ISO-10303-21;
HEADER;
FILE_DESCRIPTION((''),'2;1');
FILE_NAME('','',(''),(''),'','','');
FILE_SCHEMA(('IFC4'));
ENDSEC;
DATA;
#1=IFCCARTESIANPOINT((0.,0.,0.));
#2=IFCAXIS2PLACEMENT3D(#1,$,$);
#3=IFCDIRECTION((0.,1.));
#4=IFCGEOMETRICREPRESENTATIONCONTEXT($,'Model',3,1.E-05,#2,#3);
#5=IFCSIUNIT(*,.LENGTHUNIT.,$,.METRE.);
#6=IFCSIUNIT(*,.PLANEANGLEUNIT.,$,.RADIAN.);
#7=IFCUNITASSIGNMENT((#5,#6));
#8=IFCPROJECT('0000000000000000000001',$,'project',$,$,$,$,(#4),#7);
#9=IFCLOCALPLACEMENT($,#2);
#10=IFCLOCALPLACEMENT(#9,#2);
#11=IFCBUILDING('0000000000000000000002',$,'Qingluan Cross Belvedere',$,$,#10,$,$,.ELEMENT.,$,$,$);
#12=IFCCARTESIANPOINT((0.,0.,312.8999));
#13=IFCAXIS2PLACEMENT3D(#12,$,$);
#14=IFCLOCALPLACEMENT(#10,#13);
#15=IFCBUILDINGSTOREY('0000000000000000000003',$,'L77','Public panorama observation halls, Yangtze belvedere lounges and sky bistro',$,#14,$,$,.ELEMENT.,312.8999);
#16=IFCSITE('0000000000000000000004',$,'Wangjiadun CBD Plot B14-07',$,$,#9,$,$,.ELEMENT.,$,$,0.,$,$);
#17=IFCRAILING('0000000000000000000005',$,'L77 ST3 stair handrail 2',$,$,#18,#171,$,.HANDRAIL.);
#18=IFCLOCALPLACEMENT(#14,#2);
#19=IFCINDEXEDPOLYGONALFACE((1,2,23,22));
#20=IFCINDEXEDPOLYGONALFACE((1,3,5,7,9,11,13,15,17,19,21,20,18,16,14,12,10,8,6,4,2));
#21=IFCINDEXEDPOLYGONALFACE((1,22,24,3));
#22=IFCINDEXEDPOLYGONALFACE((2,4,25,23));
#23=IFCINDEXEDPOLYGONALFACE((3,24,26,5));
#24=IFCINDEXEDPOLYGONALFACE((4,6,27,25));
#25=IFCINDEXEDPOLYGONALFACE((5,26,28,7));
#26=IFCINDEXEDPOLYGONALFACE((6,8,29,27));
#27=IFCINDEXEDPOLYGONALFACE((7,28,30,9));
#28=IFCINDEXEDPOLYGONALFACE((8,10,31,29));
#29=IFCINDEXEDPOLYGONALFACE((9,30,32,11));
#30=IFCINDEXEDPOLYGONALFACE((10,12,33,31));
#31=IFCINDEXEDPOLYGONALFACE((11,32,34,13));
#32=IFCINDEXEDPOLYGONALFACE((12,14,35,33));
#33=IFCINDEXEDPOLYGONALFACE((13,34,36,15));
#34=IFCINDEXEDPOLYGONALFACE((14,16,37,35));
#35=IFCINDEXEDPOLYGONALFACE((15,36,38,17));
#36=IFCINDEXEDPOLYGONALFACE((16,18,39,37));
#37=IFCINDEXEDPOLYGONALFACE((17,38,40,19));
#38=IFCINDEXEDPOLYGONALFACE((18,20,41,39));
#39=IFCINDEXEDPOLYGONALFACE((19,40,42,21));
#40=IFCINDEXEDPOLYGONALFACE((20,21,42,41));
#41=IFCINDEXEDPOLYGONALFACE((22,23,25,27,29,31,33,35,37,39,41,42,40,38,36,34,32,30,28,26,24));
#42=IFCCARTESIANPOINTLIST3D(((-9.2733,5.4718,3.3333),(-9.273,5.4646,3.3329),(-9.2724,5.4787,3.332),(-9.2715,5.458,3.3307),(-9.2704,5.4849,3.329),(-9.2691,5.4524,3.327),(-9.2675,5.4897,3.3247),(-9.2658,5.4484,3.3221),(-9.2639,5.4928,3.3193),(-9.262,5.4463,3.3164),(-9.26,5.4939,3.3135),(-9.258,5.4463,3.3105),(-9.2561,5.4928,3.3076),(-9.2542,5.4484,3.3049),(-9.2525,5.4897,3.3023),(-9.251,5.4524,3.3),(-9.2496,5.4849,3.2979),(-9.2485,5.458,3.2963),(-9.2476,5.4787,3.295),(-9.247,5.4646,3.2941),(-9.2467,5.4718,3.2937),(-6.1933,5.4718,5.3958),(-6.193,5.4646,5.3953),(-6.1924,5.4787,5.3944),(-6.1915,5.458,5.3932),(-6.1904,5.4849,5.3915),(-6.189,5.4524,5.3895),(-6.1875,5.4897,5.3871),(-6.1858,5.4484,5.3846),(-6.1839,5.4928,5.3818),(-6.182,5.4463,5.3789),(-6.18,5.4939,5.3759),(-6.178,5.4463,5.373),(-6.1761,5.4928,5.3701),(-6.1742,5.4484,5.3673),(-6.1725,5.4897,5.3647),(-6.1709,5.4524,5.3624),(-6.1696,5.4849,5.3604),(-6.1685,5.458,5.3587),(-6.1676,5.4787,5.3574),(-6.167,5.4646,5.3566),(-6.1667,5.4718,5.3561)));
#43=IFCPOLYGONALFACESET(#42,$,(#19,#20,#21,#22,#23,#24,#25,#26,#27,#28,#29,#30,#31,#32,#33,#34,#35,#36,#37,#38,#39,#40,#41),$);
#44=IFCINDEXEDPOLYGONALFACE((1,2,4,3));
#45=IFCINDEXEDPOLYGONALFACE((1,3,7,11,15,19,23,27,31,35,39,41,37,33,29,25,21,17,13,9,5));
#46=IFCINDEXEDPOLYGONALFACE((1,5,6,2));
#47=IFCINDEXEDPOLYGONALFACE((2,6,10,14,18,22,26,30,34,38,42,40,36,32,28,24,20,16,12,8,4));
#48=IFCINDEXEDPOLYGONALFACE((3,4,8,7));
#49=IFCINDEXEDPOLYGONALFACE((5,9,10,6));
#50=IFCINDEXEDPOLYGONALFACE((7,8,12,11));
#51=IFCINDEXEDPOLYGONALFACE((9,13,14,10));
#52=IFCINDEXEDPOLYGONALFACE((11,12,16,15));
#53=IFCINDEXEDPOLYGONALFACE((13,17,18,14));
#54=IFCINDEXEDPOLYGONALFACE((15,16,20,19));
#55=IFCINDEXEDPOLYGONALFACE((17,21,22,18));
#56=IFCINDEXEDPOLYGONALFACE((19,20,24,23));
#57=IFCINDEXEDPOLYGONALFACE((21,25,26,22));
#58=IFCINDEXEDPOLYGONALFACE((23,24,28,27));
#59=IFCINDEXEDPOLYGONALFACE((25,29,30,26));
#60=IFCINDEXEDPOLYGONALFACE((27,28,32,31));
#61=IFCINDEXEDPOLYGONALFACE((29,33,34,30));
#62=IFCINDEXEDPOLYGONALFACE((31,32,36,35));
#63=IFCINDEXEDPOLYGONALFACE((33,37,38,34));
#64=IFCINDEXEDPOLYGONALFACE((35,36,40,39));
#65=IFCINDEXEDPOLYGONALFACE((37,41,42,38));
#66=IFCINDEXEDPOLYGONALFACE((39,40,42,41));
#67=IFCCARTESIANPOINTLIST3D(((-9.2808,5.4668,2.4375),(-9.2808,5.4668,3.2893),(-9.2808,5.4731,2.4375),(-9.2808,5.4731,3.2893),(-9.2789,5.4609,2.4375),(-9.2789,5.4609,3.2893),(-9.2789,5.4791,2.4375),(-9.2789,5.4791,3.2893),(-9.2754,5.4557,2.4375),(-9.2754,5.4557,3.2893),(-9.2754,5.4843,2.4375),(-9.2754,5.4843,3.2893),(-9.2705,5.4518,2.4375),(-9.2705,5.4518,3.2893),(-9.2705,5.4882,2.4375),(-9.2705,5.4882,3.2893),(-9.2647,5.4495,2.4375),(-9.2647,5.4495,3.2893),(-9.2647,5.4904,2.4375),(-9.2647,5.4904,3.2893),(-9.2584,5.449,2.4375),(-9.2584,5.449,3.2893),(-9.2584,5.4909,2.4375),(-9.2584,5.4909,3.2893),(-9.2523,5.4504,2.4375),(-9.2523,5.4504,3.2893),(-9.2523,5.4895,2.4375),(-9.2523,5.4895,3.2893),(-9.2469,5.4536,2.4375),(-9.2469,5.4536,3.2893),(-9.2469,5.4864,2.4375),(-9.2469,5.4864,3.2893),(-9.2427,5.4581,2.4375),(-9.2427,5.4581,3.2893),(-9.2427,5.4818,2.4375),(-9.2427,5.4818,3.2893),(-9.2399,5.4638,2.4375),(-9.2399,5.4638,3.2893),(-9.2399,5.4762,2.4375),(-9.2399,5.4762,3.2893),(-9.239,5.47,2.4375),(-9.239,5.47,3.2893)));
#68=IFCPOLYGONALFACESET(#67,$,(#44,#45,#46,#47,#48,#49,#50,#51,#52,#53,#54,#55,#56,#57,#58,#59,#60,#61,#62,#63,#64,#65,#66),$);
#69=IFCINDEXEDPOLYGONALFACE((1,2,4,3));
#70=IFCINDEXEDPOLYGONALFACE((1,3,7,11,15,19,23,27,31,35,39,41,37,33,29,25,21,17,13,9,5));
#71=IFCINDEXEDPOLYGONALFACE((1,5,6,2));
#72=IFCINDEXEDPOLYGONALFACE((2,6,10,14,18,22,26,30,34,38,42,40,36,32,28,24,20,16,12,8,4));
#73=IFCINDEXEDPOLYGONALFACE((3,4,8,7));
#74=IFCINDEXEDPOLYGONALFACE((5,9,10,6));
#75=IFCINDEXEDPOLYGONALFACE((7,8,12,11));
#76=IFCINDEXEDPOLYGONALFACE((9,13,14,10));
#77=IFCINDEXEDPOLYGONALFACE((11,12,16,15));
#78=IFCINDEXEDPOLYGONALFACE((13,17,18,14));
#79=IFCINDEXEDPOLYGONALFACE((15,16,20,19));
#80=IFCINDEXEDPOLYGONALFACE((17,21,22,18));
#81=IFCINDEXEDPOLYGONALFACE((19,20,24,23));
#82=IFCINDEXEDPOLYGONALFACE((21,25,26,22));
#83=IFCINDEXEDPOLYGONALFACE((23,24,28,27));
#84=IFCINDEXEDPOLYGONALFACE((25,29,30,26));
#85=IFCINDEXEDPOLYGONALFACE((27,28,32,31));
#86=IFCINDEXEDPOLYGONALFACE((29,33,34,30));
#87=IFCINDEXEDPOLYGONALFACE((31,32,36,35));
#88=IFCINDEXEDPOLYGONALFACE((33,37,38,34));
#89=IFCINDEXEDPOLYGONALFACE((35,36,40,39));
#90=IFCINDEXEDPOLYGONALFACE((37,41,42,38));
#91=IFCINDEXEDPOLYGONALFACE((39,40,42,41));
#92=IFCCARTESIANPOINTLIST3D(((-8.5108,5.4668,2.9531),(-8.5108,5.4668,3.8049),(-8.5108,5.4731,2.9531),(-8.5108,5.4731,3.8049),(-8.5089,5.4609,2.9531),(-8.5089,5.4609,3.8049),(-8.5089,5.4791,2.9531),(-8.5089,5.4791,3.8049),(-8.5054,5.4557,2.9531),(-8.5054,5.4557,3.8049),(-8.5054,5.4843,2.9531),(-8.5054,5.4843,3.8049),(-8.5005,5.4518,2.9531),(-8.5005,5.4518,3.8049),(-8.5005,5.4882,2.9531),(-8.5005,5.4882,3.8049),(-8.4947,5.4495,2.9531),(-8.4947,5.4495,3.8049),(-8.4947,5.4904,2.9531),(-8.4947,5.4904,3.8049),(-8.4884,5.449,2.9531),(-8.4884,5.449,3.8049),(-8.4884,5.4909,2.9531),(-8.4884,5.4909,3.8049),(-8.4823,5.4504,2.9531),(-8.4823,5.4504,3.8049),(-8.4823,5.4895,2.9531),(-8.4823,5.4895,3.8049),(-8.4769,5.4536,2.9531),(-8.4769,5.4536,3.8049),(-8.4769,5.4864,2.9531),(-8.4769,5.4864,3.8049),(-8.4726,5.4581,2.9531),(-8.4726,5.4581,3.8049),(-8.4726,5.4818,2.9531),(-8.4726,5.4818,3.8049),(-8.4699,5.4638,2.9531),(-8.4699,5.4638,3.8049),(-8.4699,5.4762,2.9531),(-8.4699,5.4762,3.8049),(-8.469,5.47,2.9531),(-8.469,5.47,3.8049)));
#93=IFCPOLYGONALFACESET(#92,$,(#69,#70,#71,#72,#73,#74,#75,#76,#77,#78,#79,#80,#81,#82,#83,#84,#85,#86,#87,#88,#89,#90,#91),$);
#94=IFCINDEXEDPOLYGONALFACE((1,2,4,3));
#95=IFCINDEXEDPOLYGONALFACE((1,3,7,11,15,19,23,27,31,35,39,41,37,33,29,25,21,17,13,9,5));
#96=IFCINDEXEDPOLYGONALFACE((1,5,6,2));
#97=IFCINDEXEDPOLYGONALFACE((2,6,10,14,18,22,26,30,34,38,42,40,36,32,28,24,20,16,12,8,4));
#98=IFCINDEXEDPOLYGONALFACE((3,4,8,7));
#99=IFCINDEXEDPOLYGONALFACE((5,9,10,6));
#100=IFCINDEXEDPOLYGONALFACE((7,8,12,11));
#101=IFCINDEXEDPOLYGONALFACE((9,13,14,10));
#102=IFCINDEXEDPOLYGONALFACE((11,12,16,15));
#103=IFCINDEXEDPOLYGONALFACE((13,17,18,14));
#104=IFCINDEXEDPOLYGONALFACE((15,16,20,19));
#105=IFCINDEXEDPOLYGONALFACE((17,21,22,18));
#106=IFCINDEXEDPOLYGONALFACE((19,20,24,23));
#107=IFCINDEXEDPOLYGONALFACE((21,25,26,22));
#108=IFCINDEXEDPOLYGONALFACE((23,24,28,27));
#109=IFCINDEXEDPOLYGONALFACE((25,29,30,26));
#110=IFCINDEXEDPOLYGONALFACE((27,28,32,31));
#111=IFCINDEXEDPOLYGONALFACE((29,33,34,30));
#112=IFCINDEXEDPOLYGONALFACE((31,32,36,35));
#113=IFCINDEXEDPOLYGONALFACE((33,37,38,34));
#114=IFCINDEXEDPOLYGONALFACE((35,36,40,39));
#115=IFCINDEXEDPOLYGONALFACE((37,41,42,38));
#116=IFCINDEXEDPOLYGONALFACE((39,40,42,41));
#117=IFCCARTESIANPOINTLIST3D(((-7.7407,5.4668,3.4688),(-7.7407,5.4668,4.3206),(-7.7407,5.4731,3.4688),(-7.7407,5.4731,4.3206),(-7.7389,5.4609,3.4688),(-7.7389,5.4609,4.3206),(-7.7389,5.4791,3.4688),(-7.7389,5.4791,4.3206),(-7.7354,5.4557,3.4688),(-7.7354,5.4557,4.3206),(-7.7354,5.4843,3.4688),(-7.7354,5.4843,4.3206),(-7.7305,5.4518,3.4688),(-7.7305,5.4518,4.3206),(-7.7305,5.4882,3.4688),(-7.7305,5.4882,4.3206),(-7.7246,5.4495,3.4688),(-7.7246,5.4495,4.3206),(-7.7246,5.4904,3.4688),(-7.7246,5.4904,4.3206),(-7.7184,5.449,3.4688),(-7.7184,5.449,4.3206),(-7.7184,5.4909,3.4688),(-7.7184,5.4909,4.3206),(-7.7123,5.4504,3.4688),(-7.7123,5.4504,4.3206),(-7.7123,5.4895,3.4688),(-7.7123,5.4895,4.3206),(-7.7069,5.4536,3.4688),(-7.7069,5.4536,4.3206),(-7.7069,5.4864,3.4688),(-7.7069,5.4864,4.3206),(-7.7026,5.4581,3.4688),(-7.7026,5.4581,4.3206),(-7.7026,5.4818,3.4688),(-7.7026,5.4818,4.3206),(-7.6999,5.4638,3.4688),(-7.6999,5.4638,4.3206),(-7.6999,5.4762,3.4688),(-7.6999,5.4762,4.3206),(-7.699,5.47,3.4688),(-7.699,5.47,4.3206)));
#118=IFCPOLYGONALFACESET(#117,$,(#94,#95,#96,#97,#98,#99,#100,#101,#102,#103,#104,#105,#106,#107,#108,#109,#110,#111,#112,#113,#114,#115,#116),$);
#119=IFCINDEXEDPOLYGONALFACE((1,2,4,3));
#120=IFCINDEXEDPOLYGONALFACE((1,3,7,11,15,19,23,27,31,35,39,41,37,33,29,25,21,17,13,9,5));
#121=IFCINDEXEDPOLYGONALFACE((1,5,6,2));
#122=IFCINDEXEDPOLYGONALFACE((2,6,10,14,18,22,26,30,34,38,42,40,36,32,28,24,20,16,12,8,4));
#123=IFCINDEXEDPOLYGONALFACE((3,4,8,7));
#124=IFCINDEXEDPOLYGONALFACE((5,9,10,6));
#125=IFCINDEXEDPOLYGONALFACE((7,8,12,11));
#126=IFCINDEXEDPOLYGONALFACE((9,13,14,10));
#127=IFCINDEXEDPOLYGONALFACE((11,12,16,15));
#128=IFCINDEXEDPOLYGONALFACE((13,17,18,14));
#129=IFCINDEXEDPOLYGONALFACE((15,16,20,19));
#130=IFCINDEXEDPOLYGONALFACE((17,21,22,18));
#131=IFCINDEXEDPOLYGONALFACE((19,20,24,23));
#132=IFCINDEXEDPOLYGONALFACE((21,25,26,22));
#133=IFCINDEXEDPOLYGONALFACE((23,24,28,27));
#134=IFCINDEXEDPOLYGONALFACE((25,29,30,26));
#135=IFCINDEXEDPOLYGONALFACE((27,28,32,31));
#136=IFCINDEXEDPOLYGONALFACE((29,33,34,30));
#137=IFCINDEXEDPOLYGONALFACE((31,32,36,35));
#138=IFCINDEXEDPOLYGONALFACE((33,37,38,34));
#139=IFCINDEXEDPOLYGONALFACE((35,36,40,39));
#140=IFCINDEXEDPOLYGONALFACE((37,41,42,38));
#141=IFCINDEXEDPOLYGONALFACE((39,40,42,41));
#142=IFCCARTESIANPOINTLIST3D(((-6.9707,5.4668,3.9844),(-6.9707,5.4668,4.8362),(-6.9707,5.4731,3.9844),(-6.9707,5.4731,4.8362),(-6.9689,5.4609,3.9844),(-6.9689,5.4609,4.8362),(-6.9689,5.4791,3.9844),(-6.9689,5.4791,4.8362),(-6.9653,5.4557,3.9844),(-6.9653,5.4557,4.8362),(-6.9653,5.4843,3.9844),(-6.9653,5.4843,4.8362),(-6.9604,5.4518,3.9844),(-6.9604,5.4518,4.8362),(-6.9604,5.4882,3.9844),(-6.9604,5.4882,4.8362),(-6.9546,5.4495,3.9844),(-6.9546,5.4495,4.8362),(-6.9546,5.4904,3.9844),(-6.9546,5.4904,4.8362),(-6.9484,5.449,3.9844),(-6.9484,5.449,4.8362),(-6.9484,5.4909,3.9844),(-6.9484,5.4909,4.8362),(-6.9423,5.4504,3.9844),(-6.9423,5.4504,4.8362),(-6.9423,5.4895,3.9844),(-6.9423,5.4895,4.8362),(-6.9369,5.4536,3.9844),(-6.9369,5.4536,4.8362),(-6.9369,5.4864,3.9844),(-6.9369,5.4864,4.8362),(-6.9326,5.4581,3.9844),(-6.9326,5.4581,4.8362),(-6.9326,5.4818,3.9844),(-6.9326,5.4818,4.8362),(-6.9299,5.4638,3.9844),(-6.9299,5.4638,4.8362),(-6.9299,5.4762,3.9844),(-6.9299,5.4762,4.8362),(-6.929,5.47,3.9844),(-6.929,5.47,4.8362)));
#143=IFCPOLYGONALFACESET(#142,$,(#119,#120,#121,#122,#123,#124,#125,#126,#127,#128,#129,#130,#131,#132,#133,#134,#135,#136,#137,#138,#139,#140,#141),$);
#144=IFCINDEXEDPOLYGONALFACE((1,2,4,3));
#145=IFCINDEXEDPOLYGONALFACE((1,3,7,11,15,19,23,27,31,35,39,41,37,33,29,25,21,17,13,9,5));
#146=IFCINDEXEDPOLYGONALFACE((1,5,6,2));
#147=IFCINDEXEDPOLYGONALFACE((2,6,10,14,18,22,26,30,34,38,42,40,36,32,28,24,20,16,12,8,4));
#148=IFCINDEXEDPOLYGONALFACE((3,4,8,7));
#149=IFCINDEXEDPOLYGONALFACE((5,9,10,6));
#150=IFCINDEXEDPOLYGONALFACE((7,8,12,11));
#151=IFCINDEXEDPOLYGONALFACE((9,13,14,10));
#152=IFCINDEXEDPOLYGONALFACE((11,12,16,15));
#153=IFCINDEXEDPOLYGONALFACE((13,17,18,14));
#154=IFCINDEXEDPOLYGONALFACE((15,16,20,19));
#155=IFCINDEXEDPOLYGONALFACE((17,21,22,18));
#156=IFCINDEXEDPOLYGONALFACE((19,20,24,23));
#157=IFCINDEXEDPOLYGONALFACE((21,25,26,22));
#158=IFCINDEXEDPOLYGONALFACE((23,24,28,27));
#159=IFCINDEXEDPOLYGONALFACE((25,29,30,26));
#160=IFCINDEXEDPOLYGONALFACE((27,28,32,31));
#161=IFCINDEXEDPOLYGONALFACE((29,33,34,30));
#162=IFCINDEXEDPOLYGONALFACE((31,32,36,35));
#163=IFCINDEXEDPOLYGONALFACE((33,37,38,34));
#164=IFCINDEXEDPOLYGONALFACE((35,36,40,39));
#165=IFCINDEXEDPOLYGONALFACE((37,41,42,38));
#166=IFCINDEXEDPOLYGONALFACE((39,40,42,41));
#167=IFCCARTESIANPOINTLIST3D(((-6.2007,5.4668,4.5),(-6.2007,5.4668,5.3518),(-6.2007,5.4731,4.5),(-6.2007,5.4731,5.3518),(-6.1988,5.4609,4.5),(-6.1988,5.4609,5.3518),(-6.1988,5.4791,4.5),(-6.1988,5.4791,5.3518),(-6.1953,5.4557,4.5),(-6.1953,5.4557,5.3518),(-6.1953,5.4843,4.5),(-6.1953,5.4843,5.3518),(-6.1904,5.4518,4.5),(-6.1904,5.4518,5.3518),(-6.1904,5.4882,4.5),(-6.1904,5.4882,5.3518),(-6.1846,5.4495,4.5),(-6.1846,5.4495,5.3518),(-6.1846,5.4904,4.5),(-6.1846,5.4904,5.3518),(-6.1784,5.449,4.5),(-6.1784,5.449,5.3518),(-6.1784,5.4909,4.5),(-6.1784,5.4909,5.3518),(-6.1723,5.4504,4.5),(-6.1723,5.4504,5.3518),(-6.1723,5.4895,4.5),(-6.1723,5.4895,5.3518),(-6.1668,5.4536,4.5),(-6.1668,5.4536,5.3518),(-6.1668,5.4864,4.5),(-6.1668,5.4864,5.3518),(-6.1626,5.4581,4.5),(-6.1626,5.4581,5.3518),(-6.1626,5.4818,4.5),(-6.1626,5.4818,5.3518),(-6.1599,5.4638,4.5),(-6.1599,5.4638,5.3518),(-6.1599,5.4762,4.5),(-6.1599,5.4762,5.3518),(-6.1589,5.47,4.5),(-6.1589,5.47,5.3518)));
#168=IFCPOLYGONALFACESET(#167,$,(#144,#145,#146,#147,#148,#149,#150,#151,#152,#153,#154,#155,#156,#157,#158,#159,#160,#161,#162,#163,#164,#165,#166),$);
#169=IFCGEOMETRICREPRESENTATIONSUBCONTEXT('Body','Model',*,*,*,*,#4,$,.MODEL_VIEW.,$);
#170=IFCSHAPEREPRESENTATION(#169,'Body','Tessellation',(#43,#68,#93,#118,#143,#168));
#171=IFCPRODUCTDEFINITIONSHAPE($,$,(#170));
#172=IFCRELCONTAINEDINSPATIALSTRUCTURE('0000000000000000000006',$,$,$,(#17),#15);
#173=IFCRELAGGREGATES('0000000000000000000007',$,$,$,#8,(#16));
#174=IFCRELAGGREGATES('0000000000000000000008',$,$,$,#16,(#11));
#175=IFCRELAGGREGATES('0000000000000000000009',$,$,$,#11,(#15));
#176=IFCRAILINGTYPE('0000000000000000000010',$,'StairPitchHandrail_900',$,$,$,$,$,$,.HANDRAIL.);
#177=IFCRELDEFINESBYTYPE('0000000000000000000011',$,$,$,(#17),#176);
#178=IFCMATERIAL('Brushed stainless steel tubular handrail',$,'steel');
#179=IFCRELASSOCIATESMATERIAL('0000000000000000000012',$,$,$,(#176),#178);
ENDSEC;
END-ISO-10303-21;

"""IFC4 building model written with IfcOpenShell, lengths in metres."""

from ifc_helpers import new_model, si_unit, direction, frame, origin, origin_2d, place, context, subcontext, project, spatial, circle, extrude, material, type_object, element, save


model = new_model("IFC4")

# Units and contexts
model_context = context("Model", 3, precision=1e-05, world=origin(), true_north=direction((0.0, 1.0)))
body_context = subcontext(model_context, "Body", "Model", "MODEL_VIEW")
ifc_project = project(units=[si_unit("LENGTHUNIT", "METRE"), si_unit("PLANEANGLEUNIT", "RADIAN")], contexts=[model_context])

# Site, building, storey
site_placement = place(None, origin())
site = spatial("IfcSite", under=ifc_project, at=site_placement, Name="Wangjiadun CBD Plot B14-07", CompositionType="ELEMENT", RefElevation=0.0)
building_placement = place(site_placement, origin())
building = spatial("IfcBuilding", under=site, at=building_placement, Name="Qingluan Cross Belvedere", CompositionType="ELEMENT")
storey_placement = place(building_placement, frame((0.0, 0.0, 312.8999)))
storey = spatial("IfcBuildingStorey", under=building, at=storey_placement, Name="L77", Description="Public panorama observation halls, Yangtze belvedere lounges and sky bistro", CompositionType="ELEMENT", Elevation=312.8999)

# Railing
ifc_material_1 = material(Name="Brushed stainless steel tubular handrail", Category="steel")
railing_type = type_object("IfcRailingType", Name="StairPitchHandrail_900", PredefinedType="HANDRAIL", material=ifc_material_1)
railing_placement = place(storey_placement, frame((-9.26, 5.47, 2.4375)))
element("IfcRailing", 1, at=railing_placement, inside=storey, type_object=railing_type, Name="L77 ST3 stair handrail 2", PredefinedType="HANDRAIL", context=body_context, shape_type="SweptSolid", body=[
    extrude(circle(Radius=0.0239, at=origin_2d()), frame((0.0, 0.0, 0.876), z_axis=(0.830914, 0.0, 0.556401), x_axis=(0.0, 1.0, 0.0)), (0.0, 0.0, 1.0), 3.7068),
    extrude(circle(Radius=0.021, at=origin_2d()), origin(), (0.0, 0.0, 1.0), 0.8518),
    extrude(circle(Radius=0.021, at=origin_2d()), frame((0.77, 0.0, 0.5156)), (0.0, 0.0, 1.0), 0.8518),
    extrude(circle(Radius=0.021, at=origin_2d()), frame((1.54, 0.0, 1.0312)), (0.0, 0.0, 1.0), 0.8518),
    extrude(circle(Radius=0.021, at=origin_2d()), frame((2.3101, 0.0, 1.5469)), (0.0, 0.0, 1.0), 0.8518),
    extrude(circle(Radius=0.021, at=origin_2d()), frame((3.0801, 0.0, 2.0625)), (0.0, 0.0, 1.0), 0.8518),
])

save(model, "model.ifc")
